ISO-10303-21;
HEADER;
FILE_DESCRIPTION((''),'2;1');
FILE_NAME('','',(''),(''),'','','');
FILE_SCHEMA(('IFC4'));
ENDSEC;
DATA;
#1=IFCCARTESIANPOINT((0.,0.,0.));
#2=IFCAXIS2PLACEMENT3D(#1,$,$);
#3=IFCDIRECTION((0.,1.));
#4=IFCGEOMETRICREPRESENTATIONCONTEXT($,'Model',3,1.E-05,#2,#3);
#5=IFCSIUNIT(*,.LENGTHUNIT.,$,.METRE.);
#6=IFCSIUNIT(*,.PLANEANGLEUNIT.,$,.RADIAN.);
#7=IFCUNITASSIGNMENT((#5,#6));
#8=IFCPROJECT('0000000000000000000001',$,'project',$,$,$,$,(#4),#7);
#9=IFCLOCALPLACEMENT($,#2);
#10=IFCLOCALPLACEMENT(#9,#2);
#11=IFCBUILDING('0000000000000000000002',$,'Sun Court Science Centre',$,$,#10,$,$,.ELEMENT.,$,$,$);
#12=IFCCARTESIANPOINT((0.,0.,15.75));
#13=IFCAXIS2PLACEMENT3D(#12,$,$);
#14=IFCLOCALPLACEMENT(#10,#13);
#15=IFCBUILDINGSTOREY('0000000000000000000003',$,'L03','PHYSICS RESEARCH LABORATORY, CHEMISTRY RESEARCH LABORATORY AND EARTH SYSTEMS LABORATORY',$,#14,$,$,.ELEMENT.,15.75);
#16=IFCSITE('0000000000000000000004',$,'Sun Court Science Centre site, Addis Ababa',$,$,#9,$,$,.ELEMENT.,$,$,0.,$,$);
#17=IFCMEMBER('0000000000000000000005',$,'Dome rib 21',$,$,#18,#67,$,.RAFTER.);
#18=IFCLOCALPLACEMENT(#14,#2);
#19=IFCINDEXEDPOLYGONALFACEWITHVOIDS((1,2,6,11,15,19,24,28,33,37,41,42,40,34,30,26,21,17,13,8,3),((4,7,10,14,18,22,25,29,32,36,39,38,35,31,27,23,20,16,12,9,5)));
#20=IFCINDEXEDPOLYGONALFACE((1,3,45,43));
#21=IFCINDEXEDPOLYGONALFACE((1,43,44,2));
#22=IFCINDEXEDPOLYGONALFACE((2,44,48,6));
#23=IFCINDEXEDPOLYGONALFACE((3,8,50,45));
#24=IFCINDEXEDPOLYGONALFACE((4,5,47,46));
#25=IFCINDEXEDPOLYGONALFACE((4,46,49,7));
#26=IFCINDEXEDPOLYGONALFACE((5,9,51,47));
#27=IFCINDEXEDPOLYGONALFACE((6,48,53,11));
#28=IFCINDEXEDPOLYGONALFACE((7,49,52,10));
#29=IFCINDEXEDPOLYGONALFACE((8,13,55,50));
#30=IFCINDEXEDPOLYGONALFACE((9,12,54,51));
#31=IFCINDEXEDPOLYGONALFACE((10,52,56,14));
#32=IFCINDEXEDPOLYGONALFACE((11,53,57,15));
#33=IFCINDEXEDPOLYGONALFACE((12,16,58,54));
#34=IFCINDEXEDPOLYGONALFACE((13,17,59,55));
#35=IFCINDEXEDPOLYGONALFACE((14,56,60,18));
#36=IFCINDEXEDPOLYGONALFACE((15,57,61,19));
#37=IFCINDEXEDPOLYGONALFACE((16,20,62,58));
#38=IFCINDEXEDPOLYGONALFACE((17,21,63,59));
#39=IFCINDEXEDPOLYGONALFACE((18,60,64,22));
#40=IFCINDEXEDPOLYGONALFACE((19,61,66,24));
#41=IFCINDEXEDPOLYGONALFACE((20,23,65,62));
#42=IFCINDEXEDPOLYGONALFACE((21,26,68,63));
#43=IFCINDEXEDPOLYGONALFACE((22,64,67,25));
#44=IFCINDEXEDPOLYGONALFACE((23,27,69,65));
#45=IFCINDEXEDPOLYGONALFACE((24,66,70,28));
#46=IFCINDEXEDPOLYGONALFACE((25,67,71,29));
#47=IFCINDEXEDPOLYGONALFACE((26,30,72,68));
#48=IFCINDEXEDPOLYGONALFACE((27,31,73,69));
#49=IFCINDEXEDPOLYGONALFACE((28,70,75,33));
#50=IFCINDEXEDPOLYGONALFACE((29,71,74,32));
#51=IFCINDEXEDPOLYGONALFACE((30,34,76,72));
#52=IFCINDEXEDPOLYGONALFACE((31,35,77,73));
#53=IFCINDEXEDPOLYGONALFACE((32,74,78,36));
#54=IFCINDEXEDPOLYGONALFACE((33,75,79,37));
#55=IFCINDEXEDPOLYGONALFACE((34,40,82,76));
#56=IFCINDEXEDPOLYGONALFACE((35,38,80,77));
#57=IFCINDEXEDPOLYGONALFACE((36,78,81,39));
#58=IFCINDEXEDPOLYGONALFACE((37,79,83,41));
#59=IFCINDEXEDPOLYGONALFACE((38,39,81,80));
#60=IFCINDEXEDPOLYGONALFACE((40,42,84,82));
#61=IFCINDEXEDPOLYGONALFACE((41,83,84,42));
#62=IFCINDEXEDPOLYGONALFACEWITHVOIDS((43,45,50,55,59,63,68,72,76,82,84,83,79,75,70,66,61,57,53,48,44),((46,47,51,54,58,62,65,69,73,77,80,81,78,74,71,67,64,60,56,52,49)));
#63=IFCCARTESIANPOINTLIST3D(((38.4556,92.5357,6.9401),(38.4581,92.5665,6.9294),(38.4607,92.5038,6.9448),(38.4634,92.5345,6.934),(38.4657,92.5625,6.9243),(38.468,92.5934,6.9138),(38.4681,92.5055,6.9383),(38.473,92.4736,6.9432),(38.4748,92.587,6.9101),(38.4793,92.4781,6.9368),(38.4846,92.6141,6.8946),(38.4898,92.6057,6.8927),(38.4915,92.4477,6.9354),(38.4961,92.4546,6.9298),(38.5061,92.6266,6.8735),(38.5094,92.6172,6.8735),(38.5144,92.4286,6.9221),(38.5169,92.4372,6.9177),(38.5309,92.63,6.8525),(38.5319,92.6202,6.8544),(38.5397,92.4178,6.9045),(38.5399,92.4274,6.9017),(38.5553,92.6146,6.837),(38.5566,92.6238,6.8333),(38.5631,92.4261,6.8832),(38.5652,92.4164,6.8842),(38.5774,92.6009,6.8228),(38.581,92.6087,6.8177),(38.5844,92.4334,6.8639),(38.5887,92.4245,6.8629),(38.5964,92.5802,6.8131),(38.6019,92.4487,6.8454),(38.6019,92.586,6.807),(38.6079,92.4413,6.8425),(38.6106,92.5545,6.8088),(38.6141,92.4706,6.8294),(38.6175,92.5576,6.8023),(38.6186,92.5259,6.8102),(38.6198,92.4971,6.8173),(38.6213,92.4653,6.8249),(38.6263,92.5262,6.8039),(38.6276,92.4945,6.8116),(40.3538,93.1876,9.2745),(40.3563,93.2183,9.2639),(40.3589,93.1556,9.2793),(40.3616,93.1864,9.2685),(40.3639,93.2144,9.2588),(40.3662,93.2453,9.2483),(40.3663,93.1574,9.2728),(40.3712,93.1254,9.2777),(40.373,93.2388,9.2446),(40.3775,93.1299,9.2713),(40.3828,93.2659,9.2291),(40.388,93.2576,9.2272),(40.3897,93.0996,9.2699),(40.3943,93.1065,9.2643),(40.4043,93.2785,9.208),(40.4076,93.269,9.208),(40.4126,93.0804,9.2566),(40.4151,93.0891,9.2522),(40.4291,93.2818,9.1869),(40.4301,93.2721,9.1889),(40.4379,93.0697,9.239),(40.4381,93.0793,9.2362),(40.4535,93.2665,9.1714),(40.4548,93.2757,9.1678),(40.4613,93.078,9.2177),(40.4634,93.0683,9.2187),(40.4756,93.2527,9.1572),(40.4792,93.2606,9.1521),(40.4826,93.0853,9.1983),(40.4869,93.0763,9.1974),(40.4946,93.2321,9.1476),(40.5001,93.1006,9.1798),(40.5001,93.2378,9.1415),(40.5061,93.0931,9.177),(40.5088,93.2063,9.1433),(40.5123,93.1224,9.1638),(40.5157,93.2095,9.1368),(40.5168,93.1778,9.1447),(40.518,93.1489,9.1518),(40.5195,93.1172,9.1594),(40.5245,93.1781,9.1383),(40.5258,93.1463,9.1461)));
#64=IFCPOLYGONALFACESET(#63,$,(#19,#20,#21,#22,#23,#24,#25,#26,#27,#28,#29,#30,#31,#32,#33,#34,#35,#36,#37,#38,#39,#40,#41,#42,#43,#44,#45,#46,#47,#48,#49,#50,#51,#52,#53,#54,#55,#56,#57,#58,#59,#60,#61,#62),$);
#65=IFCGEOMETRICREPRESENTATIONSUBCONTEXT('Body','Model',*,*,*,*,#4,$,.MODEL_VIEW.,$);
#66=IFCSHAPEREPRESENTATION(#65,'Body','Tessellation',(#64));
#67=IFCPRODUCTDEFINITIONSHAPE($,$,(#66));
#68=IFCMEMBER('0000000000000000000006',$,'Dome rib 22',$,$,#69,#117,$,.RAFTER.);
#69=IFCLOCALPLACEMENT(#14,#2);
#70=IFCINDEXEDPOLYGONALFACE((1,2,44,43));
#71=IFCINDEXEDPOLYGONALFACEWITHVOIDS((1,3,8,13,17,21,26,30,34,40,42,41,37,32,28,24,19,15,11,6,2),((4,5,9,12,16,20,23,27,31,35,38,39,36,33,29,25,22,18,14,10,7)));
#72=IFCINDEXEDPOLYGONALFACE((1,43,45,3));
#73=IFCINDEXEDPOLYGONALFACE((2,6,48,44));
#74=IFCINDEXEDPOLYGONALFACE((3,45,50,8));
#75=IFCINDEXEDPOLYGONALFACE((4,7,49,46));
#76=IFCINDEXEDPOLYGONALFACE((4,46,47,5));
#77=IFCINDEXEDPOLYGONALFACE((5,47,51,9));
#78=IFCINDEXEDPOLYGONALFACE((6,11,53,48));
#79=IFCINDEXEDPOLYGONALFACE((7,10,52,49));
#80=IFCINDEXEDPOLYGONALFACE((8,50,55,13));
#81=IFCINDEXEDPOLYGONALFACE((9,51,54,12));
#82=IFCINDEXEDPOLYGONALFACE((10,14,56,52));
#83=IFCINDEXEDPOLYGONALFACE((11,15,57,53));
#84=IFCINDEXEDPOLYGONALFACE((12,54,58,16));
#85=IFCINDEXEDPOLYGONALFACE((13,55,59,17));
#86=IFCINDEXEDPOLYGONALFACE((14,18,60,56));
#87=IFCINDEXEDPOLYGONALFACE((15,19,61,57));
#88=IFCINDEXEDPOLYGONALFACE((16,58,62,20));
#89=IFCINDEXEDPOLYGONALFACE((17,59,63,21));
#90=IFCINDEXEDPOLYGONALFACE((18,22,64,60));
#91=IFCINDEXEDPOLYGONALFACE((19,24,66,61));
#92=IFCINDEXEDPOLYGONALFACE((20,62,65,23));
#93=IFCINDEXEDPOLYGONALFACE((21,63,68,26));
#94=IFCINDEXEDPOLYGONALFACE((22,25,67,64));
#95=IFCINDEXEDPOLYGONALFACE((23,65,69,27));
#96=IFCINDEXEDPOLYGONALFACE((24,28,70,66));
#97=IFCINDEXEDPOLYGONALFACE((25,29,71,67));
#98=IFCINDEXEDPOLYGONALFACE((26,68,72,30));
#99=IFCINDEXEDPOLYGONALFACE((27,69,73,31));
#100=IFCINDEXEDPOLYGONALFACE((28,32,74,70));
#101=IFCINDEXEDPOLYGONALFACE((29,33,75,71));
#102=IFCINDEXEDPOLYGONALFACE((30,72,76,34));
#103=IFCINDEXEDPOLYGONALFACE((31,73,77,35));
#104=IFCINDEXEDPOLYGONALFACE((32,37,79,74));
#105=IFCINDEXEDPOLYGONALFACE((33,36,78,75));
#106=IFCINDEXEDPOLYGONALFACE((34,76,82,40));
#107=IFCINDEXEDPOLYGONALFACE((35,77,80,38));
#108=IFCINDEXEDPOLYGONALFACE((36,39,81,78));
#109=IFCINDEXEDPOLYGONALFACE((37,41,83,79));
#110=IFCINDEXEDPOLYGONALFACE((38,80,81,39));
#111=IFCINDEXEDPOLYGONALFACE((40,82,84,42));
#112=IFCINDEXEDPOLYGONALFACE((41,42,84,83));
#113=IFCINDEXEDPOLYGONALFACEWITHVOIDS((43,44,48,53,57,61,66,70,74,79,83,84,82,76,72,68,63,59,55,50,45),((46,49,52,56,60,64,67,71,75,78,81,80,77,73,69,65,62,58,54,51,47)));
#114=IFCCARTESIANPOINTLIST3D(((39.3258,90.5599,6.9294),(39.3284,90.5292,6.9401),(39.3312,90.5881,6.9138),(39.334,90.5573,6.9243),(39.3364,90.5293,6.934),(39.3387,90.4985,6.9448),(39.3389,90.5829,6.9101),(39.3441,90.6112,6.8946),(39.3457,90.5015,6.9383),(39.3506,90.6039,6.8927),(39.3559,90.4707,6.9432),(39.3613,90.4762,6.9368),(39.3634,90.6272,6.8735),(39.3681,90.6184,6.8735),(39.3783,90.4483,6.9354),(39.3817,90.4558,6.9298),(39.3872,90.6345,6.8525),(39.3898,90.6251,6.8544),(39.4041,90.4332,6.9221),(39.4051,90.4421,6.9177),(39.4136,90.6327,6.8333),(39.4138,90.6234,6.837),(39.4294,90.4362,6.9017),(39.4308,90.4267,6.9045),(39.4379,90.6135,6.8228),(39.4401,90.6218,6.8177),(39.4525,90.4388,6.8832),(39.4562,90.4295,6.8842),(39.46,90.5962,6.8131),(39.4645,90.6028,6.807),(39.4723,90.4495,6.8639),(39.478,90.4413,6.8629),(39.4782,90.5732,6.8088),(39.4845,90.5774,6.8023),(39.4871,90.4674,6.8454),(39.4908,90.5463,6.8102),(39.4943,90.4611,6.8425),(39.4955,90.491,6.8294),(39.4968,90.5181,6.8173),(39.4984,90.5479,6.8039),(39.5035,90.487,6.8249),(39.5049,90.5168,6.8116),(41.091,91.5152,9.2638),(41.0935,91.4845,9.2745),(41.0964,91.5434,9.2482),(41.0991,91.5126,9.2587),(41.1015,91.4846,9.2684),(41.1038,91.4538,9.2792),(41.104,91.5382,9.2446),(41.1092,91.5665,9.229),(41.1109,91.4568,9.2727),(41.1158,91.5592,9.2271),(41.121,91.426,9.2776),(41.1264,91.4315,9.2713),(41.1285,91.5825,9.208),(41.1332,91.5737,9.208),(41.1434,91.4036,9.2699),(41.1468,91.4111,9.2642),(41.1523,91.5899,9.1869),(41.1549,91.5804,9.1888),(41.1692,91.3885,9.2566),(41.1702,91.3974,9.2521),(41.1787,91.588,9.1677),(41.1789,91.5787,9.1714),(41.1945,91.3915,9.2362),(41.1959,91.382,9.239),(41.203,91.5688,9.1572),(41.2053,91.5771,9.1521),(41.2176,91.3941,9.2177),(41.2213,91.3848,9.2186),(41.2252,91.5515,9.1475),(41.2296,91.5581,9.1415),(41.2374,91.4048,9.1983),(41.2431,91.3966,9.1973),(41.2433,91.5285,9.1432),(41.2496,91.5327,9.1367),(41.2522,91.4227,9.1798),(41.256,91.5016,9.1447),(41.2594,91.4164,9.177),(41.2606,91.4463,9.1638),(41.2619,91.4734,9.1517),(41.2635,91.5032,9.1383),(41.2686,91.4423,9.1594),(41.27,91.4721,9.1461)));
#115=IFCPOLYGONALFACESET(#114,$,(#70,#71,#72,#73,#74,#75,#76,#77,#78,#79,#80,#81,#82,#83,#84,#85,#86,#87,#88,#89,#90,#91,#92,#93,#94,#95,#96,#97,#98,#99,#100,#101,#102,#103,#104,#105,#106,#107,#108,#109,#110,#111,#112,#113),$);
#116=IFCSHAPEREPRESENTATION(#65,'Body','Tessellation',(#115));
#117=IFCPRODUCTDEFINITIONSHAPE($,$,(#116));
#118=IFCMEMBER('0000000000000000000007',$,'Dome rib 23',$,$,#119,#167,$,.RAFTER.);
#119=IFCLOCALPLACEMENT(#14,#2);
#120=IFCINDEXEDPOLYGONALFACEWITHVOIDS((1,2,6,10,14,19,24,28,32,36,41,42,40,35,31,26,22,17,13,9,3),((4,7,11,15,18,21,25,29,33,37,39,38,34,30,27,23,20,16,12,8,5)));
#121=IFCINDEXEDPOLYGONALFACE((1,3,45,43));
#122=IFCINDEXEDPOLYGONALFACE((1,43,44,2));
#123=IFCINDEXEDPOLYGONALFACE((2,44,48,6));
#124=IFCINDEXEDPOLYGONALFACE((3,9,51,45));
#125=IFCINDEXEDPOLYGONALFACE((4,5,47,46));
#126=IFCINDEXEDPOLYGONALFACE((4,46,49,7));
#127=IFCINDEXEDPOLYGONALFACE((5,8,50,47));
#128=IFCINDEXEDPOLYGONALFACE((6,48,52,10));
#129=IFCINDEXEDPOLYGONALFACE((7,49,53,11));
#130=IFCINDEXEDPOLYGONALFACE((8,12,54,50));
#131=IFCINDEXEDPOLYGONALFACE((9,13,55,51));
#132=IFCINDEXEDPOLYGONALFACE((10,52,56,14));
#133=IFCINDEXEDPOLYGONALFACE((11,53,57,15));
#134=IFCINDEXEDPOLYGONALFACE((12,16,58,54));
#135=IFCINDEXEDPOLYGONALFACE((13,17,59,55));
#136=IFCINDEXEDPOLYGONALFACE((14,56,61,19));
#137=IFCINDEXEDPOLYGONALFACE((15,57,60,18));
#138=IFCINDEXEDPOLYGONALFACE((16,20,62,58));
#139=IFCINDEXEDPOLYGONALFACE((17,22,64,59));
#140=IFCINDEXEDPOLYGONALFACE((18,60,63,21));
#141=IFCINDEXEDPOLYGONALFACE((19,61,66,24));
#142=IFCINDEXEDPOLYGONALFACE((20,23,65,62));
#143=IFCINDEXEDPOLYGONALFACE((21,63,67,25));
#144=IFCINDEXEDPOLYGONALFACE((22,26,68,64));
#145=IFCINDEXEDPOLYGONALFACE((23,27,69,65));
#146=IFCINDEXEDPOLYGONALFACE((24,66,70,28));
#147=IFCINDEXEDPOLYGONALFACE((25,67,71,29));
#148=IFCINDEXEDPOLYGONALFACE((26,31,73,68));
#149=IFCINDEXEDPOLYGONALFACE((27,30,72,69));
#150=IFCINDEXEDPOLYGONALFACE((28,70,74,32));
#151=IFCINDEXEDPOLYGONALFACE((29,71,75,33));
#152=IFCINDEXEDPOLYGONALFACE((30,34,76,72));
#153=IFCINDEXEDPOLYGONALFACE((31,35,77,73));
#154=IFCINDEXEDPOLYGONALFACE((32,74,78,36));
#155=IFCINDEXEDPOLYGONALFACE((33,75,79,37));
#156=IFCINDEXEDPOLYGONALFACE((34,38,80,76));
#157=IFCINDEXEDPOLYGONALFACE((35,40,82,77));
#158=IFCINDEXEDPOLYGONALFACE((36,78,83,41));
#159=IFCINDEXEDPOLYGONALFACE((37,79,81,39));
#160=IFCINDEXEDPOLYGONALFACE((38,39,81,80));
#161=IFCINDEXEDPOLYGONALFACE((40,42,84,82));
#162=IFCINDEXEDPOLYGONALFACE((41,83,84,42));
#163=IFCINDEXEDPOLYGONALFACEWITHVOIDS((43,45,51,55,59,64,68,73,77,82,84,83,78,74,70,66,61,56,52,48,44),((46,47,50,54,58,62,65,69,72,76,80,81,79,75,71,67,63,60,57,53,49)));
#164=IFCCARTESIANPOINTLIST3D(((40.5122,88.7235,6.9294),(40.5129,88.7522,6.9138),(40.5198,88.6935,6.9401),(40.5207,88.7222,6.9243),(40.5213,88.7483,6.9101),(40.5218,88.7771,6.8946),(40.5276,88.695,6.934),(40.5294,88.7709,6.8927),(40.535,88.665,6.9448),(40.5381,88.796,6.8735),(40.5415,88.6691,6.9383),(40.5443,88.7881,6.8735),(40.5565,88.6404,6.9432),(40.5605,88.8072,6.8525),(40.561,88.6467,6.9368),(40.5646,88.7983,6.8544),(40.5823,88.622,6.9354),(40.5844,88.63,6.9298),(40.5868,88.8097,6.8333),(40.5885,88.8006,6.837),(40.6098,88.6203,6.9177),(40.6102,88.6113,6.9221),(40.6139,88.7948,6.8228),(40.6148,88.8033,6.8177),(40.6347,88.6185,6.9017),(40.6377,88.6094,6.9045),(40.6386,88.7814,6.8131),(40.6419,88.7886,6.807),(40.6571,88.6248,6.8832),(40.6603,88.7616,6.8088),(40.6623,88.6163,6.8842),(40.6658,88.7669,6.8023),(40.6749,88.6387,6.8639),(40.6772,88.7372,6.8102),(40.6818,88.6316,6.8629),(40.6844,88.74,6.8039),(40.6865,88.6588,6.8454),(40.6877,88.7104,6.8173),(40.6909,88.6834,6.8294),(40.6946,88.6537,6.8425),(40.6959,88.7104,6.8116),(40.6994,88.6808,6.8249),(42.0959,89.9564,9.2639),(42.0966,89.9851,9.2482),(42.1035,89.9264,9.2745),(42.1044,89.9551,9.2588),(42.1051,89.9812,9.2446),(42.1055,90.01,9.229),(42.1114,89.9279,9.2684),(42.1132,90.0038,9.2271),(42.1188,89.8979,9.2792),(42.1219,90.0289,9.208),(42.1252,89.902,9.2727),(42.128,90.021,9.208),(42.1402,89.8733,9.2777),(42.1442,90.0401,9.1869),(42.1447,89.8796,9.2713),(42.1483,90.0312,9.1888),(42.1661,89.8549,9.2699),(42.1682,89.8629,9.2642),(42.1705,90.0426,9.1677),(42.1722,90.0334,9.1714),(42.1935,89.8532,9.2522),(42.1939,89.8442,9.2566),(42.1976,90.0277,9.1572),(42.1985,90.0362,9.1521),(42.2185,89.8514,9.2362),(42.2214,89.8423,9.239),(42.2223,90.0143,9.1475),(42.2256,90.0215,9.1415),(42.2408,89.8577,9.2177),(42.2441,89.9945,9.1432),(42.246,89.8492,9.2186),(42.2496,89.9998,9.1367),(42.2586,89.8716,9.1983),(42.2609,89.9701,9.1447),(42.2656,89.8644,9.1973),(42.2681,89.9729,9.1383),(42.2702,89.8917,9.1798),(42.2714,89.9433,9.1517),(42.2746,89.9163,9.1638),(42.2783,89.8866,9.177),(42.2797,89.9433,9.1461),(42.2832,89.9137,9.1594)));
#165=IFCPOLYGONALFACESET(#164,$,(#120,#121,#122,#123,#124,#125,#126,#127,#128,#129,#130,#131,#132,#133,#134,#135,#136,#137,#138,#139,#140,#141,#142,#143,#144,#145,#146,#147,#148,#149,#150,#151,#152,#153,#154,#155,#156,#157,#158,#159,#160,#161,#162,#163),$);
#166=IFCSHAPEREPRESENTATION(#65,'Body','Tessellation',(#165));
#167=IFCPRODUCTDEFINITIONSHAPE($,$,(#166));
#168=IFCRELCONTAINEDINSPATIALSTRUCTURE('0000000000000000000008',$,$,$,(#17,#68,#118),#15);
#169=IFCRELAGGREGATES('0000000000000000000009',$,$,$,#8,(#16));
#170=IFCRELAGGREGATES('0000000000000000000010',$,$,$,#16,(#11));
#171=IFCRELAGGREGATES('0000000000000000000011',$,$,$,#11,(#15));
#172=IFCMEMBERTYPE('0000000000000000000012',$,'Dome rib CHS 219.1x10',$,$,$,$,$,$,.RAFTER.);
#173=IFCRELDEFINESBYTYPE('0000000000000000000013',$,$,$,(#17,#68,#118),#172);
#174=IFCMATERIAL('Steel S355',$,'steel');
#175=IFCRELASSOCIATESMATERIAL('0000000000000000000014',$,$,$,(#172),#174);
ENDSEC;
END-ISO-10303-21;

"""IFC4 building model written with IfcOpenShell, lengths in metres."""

from ifc_helpers import new_model, si_unit, direction, frame, origin, origin_2d, place, context, subcontext, project, spatial, hollow_circle, extrude, material, material_profile, profile_set, type_object, element, save


model = new_model("IFC4")

# Units and contexts
model_context = context("Model", 3, precision=1e-05, world=origin(), true_north=direction((0.0, 1.0)))
body_context = subcontext(model_context, "Body", "Model", "MODEL_VIEW")
ifc_project = project(units=[si_unit("LENGTHUNIT", "METRE"), si_unit("PLANEANGLEUNIT", "RADIAN")], contexts=[model_context])

# Site, building, storey
site_placement = place(None, origin())
site = spatial("IfcSite", under=ifc_project, at=site_placement, Name="Sun Court Science Centre site, Addis Ababa", CompositionType="ELEMENT", RefElevation=0.0)
building_placement = place(site_placement, origin())
building = spatial("IfcBuilding", under=site, at=building_placement, Name="Sun Court Science Centre", CompositionType="ELEMENT")
storey_placement = place(building_placement, frame((0.0, 0.0, 15.75)))
storey = spatial("IfcBuildingStorey", under=building, at=storey_placement, Name="L03", Description="PHYSICS RESEARCH LABORATORY, CHEMISTRY RESEARCH LABORATORY AND EARTH SYSTEMS LABORATORY", CompositionType="ELEMENT", Elevation=15.75)

# Members
ifc_material_1 = material(Name="Steel S355", Category="steel")
ifc_material_profile_1 = material_profile(ifc_material_1, hollow_circle(Radius=0.1096, WallThickness=0.01, at=origin_2d()), Name="CHS 219.1x10")
ifc_profile_set_1 = profile_set([ifc_material_profile_1], Name="Steel S355")
member_type_1 = type_object("IfcMemberType", Name="Dome rib CHS 219.1x10", PredefinedType="RAFTER", material=ifc_profile_set_1)
for number, where, z_axis, x_axis, name in (
    (1, (38.5417, 92.5229, 6.8735), (0.616576, 0.211737, 0.758289), (-0.324791, 0.945786, 0.0), "Dome rib 21"),
    (2, (39.4155, 90.5308, 6.8735), (0.573347, 0.310305, 0.758277), (-0.475977, 0.879457, 0.0), "Dome rib 22"),
    (3, (40.6055, 88.7095, 6.8735), (0.514427, 0.400472, 0.758279), (-0.614286, 0.789084, 0.0), "Dome rib 23"),
):
    element("IfcMember", number, at=place(storey_placement, frame(where, z_axis=z_axis, x_axis=x_axis)), inside=storey, type_object=member_type_1, Name=name, PredefinedType="RAFTER", context=body_context, shape_type="SweptSolid", body=[
        extrude(hollow_circle(Radius=0.1096, WallThickness=0.01, at=origin_2d()), origin(), (0.0, 0.0, 1.0), 3.0786),
    ])

save(model, "model.ifc")
